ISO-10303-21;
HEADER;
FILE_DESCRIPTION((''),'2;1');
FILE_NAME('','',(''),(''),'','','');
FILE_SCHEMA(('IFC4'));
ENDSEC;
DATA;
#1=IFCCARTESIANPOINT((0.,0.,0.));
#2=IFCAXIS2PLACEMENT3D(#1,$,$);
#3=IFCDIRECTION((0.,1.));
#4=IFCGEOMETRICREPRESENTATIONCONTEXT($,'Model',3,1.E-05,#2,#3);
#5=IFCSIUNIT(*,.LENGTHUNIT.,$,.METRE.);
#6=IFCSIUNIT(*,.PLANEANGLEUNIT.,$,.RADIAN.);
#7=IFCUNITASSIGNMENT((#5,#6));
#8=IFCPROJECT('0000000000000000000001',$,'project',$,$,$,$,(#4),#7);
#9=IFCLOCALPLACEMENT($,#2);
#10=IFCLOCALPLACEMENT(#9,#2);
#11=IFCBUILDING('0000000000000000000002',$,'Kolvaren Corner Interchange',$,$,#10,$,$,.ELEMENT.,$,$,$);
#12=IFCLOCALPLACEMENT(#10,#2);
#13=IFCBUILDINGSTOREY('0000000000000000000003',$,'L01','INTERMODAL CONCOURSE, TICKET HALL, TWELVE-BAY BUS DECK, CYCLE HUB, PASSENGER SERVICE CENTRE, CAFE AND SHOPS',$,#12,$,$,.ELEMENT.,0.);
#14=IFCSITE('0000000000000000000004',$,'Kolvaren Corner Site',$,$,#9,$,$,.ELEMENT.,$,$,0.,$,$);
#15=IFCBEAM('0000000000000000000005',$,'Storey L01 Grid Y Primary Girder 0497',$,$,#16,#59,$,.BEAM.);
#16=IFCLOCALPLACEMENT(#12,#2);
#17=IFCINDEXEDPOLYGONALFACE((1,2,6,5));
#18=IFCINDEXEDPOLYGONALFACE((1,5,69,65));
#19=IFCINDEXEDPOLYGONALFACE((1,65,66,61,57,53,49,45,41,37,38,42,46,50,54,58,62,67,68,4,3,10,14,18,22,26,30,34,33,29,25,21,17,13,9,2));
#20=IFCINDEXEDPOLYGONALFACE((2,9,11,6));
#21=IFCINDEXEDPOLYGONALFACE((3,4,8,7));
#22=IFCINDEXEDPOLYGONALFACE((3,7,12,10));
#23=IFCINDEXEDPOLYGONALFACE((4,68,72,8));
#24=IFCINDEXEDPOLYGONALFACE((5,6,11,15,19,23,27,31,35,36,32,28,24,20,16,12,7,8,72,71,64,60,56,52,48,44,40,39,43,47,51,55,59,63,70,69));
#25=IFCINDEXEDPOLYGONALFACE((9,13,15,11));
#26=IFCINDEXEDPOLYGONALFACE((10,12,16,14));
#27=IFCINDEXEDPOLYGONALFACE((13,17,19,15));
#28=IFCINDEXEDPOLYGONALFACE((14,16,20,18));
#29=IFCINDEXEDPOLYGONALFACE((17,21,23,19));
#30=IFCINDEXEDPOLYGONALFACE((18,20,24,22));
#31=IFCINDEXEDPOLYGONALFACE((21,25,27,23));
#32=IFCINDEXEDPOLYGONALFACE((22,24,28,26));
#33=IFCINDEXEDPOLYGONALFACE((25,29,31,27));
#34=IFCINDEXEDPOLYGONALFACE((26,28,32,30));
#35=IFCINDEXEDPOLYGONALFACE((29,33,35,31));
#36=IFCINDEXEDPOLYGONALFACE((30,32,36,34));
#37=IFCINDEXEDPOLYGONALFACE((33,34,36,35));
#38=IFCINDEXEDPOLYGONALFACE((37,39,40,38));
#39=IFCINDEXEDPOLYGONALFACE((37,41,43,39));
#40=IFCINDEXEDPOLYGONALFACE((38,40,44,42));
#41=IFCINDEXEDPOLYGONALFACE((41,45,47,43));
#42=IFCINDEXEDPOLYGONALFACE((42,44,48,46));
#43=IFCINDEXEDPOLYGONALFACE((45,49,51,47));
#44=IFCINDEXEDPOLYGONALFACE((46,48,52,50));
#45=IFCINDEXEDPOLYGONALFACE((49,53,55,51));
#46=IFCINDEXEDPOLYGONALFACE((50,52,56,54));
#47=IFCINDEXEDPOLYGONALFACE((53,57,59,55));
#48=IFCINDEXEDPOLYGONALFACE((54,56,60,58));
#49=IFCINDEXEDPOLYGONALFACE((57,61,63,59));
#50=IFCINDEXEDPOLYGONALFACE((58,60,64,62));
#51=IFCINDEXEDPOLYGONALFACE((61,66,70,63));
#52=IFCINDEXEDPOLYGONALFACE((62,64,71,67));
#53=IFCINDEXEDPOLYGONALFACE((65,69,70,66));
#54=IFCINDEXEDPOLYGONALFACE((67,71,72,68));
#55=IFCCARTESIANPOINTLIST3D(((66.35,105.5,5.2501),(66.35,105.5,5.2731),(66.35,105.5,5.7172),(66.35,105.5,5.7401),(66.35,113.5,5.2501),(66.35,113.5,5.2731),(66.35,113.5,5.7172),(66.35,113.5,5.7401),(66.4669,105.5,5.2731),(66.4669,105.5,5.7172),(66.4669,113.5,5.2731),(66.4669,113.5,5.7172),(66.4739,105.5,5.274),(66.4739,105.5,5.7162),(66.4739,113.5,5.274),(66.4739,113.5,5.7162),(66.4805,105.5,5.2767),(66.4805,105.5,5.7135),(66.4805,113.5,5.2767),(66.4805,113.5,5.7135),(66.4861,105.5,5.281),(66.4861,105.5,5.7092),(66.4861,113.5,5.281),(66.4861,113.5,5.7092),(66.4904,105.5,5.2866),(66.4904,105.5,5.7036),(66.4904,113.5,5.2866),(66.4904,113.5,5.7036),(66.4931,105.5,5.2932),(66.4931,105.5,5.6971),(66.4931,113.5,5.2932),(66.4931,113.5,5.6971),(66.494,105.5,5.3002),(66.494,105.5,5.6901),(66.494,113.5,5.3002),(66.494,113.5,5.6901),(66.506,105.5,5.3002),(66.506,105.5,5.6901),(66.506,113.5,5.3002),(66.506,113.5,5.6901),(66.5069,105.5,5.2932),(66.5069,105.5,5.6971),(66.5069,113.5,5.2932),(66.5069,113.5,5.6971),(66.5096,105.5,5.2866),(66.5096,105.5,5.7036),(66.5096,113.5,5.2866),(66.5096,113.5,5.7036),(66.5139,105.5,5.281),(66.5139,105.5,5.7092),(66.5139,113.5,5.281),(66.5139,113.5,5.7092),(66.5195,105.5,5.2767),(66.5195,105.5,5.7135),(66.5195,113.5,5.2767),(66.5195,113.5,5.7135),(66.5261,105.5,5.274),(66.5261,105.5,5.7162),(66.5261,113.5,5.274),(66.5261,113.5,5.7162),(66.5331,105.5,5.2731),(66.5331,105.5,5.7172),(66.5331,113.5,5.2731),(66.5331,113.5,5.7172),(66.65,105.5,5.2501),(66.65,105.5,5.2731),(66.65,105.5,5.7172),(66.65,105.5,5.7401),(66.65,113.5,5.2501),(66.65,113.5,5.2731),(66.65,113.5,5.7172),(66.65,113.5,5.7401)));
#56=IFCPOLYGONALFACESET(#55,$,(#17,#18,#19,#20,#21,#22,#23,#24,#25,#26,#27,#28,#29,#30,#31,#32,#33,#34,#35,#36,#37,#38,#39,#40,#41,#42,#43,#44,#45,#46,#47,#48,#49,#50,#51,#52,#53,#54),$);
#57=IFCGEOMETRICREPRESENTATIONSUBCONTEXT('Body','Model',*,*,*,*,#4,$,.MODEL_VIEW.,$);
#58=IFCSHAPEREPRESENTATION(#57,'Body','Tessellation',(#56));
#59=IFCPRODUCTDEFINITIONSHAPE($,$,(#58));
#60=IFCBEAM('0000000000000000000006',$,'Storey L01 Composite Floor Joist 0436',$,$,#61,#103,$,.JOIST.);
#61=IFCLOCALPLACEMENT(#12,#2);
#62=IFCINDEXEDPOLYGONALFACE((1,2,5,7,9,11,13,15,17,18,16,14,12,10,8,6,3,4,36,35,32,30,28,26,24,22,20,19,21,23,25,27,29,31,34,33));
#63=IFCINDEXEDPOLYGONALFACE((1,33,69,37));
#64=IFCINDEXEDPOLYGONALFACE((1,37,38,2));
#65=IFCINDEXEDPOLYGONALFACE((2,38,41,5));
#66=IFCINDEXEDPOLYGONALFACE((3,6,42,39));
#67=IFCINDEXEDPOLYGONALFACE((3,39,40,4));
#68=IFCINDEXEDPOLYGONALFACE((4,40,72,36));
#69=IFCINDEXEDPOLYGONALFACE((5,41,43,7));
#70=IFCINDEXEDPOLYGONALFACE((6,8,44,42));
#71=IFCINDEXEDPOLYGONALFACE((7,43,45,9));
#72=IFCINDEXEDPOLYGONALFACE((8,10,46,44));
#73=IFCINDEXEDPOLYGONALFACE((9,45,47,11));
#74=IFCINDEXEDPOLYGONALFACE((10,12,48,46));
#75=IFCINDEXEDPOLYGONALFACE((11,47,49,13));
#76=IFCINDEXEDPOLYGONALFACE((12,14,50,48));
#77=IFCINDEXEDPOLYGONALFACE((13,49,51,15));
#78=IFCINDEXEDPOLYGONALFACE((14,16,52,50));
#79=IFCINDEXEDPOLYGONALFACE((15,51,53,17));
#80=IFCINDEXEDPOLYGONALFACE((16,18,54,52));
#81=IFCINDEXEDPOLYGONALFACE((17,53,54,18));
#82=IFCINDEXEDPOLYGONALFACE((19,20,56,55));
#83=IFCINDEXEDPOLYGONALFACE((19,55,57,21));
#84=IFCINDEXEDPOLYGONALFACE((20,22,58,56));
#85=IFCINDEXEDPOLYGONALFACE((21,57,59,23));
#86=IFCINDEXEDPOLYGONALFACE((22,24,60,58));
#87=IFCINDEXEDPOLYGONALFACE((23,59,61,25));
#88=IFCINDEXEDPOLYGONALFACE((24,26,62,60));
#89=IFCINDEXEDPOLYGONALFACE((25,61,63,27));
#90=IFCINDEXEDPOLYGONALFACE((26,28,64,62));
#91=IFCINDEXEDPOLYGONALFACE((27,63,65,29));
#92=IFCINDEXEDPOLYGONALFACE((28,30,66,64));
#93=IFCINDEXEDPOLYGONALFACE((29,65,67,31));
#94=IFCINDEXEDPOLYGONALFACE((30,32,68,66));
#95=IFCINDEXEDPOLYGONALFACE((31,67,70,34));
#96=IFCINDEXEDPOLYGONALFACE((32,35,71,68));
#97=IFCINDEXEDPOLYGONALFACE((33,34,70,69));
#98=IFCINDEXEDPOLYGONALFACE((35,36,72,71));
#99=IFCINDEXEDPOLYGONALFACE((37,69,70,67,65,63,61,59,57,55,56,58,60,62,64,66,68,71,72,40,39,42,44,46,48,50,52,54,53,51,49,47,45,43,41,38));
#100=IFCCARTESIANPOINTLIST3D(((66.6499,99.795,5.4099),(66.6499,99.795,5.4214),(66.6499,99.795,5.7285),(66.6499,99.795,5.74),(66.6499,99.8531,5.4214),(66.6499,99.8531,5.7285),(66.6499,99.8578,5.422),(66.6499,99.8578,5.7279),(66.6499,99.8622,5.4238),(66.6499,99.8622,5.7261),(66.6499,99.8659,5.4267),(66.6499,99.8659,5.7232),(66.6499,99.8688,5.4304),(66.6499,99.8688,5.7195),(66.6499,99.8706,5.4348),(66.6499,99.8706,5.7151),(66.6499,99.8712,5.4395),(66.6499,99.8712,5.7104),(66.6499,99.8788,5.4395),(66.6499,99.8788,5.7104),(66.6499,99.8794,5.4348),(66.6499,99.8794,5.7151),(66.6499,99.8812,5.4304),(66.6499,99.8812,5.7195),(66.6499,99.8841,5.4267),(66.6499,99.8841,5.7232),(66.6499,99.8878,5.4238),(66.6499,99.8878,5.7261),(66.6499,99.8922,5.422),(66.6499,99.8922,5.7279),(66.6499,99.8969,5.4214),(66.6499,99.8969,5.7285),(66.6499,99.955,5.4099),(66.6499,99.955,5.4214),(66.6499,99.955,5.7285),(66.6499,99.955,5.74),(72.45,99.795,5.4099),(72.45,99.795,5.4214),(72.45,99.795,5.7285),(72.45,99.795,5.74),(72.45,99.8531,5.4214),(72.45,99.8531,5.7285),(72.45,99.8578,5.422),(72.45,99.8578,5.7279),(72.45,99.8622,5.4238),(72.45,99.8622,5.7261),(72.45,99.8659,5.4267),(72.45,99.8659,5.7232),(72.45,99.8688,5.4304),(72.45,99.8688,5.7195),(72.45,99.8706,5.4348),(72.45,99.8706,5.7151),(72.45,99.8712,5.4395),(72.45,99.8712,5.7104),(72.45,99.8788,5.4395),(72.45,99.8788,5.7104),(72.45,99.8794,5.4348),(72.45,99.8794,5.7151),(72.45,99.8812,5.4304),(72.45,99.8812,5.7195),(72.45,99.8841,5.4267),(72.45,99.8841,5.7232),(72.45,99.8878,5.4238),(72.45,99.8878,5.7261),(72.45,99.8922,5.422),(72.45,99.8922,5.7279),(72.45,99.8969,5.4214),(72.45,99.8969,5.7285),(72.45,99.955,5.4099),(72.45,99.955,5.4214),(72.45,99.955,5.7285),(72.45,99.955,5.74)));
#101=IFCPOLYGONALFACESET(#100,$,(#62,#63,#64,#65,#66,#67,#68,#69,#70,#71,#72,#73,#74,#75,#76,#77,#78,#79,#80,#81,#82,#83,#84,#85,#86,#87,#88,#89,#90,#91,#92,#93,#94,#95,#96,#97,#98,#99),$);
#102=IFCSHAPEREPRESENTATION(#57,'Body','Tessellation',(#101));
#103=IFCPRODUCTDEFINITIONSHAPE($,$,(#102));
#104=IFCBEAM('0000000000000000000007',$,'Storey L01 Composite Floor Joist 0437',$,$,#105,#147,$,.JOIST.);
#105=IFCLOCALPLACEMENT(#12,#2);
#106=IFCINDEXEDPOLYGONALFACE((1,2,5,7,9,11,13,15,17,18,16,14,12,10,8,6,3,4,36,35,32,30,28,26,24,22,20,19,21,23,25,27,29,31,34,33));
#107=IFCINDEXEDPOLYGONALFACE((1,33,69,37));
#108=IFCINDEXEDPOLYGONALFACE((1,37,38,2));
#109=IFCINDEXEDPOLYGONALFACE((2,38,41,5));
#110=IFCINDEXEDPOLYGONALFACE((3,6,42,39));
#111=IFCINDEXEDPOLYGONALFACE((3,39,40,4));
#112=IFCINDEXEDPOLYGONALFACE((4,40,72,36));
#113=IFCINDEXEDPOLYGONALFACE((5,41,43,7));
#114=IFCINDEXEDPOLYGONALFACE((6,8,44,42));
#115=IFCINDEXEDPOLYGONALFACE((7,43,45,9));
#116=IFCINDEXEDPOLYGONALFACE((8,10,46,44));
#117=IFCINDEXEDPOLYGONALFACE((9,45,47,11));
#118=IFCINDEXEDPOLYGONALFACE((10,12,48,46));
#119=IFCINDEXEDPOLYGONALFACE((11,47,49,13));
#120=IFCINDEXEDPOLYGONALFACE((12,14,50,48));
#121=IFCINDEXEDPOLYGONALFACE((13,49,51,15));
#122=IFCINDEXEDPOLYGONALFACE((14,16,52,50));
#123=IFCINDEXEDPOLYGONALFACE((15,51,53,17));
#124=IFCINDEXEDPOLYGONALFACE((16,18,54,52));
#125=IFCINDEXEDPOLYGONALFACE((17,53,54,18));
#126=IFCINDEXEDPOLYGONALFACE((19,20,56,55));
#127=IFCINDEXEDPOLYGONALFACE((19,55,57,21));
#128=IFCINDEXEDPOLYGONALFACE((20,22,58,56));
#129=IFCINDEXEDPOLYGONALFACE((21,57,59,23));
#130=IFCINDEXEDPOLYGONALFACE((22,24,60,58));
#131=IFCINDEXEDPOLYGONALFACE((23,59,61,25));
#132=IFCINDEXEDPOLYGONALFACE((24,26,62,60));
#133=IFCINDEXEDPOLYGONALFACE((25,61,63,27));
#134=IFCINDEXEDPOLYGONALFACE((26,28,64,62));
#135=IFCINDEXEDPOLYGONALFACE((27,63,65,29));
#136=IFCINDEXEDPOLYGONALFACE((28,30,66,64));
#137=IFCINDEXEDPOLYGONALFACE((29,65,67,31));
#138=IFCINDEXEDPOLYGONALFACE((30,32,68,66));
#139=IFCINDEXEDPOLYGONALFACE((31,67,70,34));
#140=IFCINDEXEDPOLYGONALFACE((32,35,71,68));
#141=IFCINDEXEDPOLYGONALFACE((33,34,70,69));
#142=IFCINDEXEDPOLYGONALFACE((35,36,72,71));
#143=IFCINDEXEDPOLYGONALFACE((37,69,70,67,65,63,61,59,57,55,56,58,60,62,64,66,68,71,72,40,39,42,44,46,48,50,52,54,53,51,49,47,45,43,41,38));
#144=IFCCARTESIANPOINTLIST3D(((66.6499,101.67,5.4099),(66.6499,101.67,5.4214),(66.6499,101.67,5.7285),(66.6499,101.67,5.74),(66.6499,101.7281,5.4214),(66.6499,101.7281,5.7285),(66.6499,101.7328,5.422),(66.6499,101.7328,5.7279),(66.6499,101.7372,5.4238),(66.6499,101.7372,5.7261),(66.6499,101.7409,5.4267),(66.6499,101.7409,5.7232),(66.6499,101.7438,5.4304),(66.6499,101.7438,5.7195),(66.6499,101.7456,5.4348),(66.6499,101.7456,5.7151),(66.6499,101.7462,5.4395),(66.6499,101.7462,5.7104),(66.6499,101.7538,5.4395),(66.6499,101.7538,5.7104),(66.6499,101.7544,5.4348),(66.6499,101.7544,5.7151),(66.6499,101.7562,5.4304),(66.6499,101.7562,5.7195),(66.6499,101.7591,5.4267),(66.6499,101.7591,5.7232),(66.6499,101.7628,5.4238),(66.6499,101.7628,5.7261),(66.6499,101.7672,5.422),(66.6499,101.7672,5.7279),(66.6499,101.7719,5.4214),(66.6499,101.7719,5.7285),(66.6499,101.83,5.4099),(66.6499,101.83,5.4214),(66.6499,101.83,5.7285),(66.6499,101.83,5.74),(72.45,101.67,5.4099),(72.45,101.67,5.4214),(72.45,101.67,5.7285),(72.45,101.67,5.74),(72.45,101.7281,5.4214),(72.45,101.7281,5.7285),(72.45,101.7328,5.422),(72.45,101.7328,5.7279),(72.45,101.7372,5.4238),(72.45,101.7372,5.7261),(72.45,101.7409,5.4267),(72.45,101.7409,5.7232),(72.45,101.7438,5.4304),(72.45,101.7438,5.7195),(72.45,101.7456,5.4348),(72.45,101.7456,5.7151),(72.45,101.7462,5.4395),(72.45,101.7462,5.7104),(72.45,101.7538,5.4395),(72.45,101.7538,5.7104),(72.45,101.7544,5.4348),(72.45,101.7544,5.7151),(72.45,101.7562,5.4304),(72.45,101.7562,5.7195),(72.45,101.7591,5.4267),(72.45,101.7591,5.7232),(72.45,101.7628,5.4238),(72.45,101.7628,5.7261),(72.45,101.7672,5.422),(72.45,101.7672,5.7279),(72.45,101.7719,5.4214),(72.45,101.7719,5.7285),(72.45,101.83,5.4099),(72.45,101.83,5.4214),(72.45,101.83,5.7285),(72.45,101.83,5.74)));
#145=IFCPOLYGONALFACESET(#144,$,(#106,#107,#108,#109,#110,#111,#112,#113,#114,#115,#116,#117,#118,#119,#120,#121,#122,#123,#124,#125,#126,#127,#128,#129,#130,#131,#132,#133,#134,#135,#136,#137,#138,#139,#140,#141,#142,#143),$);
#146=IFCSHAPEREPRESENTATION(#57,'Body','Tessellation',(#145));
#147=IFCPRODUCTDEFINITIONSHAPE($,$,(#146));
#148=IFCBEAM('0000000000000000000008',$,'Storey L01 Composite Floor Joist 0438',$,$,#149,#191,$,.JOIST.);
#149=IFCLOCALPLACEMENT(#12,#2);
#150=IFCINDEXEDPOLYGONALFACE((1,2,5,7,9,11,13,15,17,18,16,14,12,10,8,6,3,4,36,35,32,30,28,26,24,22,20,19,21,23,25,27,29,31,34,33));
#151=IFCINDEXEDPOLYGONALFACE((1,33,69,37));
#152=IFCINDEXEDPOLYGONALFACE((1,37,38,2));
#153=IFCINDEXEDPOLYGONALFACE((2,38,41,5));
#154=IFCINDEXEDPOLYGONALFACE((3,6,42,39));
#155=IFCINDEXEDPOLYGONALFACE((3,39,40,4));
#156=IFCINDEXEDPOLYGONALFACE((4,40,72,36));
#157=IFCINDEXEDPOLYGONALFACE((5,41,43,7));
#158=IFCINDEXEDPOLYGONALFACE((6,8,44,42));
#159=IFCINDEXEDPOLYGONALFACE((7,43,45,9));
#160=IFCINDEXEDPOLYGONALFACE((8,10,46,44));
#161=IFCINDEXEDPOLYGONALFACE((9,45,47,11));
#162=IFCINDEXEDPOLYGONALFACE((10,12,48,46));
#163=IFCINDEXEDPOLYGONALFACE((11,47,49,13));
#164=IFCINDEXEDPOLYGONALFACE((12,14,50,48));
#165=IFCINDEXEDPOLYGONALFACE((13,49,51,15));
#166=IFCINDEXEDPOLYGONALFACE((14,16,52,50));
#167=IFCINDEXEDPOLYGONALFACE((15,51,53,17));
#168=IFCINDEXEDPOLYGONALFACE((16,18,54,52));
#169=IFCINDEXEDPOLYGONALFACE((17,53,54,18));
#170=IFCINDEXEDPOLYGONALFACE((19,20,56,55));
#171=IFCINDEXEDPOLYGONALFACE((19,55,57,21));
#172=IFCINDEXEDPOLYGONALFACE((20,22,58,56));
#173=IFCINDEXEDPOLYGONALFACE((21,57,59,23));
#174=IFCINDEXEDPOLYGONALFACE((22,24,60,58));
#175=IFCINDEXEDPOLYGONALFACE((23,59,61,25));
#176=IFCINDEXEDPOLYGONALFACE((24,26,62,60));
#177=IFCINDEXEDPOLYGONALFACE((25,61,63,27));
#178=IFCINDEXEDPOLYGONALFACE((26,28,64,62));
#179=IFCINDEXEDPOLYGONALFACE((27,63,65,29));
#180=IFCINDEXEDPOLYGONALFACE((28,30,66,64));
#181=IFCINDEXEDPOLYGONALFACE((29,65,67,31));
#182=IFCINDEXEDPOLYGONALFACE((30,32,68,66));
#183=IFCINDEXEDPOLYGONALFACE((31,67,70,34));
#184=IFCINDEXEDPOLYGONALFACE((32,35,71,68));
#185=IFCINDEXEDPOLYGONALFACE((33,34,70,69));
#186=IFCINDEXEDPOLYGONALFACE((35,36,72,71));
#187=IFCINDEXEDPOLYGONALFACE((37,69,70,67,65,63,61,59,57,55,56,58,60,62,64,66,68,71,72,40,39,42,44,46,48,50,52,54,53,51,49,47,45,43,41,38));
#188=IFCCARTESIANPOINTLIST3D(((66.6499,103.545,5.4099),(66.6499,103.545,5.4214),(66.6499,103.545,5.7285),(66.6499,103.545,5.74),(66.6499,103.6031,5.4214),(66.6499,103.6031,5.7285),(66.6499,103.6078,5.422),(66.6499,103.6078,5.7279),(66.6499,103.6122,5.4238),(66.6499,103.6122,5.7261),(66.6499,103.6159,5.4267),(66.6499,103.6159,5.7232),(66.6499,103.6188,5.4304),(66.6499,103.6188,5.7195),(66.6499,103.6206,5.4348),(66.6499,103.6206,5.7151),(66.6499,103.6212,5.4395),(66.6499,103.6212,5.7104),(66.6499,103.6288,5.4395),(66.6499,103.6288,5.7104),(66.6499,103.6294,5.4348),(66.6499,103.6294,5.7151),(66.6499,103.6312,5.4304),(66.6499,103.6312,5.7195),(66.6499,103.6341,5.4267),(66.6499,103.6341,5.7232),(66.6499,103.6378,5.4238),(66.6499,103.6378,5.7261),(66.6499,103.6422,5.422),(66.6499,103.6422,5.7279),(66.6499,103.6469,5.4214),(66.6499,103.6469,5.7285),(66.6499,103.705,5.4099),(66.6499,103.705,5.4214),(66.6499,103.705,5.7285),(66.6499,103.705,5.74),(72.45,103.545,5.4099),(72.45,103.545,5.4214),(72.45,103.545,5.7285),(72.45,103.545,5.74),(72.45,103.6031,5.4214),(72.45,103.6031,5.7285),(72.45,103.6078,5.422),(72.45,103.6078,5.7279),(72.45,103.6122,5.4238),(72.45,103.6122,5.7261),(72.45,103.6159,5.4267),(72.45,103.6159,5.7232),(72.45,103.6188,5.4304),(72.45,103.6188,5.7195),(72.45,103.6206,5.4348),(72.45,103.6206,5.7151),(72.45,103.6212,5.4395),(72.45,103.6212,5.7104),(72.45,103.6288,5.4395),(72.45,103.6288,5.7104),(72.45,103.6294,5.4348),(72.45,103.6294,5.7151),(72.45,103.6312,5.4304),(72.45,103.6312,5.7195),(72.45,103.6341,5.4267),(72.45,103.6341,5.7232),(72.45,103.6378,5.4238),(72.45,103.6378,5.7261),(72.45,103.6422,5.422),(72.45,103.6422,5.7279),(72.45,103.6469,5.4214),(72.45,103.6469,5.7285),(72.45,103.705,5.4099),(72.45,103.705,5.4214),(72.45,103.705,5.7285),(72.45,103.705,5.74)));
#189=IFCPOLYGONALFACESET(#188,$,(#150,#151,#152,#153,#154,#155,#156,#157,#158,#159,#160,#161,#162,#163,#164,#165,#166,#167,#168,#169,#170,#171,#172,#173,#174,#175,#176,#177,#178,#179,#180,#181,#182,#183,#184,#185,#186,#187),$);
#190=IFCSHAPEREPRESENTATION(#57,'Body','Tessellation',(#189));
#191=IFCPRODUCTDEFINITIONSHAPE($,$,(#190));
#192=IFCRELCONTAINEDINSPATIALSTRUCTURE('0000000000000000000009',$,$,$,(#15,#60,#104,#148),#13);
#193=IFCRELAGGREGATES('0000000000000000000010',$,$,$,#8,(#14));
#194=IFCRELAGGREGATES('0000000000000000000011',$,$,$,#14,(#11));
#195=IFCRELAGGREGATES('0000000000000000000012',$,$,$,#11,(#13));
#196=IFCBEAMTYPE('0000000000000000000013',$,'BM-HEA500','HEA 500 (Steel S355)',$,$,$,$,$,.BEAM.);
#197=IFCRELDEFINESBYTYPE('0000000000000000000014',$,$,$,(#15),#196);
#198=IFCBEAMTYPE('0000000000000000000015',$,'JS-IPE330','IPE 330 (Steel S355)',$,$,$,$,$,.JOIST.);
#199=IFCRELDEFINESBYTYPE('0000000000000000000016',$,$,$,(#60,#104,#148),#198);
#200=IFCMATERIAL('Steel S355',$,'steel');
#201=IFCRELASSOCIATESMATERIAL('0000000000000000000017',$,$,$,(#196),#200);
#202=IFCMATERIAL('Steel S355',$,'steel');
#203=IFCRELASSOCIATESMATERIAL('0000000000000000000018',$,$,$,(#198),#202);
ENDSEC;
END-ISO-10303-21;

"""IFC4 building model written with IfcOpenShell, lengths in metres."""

from ifc_helpers import new_model, si_unit, direction, frame, origin, origin_2d, place, context, subcontext, project, spatial, i_section, extrude, material, material_profile, profile_set, type_object, element, save


model = new_model("IFC4")

# Units and contexts
model_context = context("Model", 3, precision=1e-05, world=origin(), true_north=direction((0.0, 1.0)))
body_context = subcontext(model_context, "Body", "Model", "MODEL_VIEW")
ifc_project = project(units=[si_unit("LENGTHUNIT", "METRE"), si_unit("PLANEANGLEUNIT", "RADIAN")], contexts=[model_context])

# Site, building, storey
site_placement = place(None, origin())
site = spatial("IfcSite", under=ifc_project, at=site_placement, Name="Kolvaren Corner Site", CompositionType="ELEMENT", RefElevation=0.0)
building_placement = place(site_placement, origin())
building = spatial("IfcBuilding", under=site, at=building_placement, Name="Kolvaren Corner Interchange", CompositionType="ELEMENT")
storey_placement = place(building_placement, origin())
storey = spatial("IfcBuildingStorey", under=building, at=storey_placement, Name="L01", Description="INTERMODAL CONCOURSE, TICKET HALL, TWELVE-BAY BUS DECK, CYCLE HUB, PASSENGER SERVICE CENTRE, CAFE AND SHOPS", CompositionType="ELEMENT", Elevation=0.0)

# Beams
ifc_material_1 = material(Name="Steel S355", Category="steel")
ifc_material_profile_1 = material_profile(ifc_material_1, i_section(OverallWidth=0.3, OverallDepth=0.49, WebThickness=0.012, FlangeThickness=0.0229, FilletRadius=0.0271, at=origin_2d()), Name="HEA 500")
ifc_profile_set_1 = profile_set([ifc_material_profile_1], Name="Steel S355")
beam_type_1 = type_object("IfcBeamType", Name="BM-HEA500", Description="HEA 500 (Steel S355)", PredefinedType="BEAM", material=ifc_profile_set_1)
beam_1_placement = place(storey_placement, frame((66.5, 105.5, 5.4951), z_axis=(0.0, 1.0, 0.0), x_axis=(-1.0, 0.0, 0.0)))
element("IfcBeam", 1, at=beam_1_placement, inside=storey, type_object=beam_type_1, Name="Storey L01 Grid Y Primary Girder 0497", PredefinedType="BEAM", context=body_context, shape_type="SweptSolid", body=[
    extrude(i_section(OverallWidth=0.3, OverallDepth=0.49, WebThickness=0.012, FlangeThickness=0.0229, FilletRadius=0.0271, at=origin_2d()), origin(), (0.0, 0.0, 1.0), 8.0),
])
ifc_material_2 = material(Name="Steel S355", Category="steel")
ifc_material_profile_2 = material_profile(ifc_material_2, i_section(OverallWidth=0.1599, OverallDepth=0.3301, WebThickness=0.0076, FlangeThickness=0.0115, FilletRadius=0.0181, at=origin_2d()), Name="IPE 330")
ifc_profile_set_2 = profile_set([ifc_material_profile_2], Name="Steel S355")
beam_type_2 = type_object("IfcBeamType", Name="JS-IPE330", Description="IPE 330 (Steel S355)", PredefinedType="JOIST", material=ifc_profile_set_2)
for number, where, z_axis, x_axis, name in (
    (2, (66.6499, 99.875, 5.575), (1.0, 0.0, 0.0), (0.0, 1.0, 0.0), "Storey L01 Composite Floor Joist 0436"),
    (3, (66.6499, 101.75, 5.575), (1.0, 0.0, 0.0), (0.0, 1.0, 0.0), "Storey L01 Composite Floor Joist 0437"),
    (4, (66.6499, 103.625, 5.575), (1.0, 0.0, 0.0), (0.0, 1.0, 0.0), "Storey L01 Composite Floor Joist 0438"),
):
    element("IfcBeam", number, at=place(storey_placement, frame(where, z_axis=z_axis, x_axis=x_axis)), inside=storey, type_object=beam_type_2, Name=name, PredefinedType="JOIST", context=body_context, shape_type="SweptSolid", body=[
        extrude(i_section(OverallWidth=0.1599, OverallDepth=0.3301, WebThickness=0.0076, FlangeThickness=0.0115, FilletRadius=0.0181, at=origin_2d()), origin(), (0.0, 0.0, 1.0), 5.8),
    ])

save(model, "model.ifc")
